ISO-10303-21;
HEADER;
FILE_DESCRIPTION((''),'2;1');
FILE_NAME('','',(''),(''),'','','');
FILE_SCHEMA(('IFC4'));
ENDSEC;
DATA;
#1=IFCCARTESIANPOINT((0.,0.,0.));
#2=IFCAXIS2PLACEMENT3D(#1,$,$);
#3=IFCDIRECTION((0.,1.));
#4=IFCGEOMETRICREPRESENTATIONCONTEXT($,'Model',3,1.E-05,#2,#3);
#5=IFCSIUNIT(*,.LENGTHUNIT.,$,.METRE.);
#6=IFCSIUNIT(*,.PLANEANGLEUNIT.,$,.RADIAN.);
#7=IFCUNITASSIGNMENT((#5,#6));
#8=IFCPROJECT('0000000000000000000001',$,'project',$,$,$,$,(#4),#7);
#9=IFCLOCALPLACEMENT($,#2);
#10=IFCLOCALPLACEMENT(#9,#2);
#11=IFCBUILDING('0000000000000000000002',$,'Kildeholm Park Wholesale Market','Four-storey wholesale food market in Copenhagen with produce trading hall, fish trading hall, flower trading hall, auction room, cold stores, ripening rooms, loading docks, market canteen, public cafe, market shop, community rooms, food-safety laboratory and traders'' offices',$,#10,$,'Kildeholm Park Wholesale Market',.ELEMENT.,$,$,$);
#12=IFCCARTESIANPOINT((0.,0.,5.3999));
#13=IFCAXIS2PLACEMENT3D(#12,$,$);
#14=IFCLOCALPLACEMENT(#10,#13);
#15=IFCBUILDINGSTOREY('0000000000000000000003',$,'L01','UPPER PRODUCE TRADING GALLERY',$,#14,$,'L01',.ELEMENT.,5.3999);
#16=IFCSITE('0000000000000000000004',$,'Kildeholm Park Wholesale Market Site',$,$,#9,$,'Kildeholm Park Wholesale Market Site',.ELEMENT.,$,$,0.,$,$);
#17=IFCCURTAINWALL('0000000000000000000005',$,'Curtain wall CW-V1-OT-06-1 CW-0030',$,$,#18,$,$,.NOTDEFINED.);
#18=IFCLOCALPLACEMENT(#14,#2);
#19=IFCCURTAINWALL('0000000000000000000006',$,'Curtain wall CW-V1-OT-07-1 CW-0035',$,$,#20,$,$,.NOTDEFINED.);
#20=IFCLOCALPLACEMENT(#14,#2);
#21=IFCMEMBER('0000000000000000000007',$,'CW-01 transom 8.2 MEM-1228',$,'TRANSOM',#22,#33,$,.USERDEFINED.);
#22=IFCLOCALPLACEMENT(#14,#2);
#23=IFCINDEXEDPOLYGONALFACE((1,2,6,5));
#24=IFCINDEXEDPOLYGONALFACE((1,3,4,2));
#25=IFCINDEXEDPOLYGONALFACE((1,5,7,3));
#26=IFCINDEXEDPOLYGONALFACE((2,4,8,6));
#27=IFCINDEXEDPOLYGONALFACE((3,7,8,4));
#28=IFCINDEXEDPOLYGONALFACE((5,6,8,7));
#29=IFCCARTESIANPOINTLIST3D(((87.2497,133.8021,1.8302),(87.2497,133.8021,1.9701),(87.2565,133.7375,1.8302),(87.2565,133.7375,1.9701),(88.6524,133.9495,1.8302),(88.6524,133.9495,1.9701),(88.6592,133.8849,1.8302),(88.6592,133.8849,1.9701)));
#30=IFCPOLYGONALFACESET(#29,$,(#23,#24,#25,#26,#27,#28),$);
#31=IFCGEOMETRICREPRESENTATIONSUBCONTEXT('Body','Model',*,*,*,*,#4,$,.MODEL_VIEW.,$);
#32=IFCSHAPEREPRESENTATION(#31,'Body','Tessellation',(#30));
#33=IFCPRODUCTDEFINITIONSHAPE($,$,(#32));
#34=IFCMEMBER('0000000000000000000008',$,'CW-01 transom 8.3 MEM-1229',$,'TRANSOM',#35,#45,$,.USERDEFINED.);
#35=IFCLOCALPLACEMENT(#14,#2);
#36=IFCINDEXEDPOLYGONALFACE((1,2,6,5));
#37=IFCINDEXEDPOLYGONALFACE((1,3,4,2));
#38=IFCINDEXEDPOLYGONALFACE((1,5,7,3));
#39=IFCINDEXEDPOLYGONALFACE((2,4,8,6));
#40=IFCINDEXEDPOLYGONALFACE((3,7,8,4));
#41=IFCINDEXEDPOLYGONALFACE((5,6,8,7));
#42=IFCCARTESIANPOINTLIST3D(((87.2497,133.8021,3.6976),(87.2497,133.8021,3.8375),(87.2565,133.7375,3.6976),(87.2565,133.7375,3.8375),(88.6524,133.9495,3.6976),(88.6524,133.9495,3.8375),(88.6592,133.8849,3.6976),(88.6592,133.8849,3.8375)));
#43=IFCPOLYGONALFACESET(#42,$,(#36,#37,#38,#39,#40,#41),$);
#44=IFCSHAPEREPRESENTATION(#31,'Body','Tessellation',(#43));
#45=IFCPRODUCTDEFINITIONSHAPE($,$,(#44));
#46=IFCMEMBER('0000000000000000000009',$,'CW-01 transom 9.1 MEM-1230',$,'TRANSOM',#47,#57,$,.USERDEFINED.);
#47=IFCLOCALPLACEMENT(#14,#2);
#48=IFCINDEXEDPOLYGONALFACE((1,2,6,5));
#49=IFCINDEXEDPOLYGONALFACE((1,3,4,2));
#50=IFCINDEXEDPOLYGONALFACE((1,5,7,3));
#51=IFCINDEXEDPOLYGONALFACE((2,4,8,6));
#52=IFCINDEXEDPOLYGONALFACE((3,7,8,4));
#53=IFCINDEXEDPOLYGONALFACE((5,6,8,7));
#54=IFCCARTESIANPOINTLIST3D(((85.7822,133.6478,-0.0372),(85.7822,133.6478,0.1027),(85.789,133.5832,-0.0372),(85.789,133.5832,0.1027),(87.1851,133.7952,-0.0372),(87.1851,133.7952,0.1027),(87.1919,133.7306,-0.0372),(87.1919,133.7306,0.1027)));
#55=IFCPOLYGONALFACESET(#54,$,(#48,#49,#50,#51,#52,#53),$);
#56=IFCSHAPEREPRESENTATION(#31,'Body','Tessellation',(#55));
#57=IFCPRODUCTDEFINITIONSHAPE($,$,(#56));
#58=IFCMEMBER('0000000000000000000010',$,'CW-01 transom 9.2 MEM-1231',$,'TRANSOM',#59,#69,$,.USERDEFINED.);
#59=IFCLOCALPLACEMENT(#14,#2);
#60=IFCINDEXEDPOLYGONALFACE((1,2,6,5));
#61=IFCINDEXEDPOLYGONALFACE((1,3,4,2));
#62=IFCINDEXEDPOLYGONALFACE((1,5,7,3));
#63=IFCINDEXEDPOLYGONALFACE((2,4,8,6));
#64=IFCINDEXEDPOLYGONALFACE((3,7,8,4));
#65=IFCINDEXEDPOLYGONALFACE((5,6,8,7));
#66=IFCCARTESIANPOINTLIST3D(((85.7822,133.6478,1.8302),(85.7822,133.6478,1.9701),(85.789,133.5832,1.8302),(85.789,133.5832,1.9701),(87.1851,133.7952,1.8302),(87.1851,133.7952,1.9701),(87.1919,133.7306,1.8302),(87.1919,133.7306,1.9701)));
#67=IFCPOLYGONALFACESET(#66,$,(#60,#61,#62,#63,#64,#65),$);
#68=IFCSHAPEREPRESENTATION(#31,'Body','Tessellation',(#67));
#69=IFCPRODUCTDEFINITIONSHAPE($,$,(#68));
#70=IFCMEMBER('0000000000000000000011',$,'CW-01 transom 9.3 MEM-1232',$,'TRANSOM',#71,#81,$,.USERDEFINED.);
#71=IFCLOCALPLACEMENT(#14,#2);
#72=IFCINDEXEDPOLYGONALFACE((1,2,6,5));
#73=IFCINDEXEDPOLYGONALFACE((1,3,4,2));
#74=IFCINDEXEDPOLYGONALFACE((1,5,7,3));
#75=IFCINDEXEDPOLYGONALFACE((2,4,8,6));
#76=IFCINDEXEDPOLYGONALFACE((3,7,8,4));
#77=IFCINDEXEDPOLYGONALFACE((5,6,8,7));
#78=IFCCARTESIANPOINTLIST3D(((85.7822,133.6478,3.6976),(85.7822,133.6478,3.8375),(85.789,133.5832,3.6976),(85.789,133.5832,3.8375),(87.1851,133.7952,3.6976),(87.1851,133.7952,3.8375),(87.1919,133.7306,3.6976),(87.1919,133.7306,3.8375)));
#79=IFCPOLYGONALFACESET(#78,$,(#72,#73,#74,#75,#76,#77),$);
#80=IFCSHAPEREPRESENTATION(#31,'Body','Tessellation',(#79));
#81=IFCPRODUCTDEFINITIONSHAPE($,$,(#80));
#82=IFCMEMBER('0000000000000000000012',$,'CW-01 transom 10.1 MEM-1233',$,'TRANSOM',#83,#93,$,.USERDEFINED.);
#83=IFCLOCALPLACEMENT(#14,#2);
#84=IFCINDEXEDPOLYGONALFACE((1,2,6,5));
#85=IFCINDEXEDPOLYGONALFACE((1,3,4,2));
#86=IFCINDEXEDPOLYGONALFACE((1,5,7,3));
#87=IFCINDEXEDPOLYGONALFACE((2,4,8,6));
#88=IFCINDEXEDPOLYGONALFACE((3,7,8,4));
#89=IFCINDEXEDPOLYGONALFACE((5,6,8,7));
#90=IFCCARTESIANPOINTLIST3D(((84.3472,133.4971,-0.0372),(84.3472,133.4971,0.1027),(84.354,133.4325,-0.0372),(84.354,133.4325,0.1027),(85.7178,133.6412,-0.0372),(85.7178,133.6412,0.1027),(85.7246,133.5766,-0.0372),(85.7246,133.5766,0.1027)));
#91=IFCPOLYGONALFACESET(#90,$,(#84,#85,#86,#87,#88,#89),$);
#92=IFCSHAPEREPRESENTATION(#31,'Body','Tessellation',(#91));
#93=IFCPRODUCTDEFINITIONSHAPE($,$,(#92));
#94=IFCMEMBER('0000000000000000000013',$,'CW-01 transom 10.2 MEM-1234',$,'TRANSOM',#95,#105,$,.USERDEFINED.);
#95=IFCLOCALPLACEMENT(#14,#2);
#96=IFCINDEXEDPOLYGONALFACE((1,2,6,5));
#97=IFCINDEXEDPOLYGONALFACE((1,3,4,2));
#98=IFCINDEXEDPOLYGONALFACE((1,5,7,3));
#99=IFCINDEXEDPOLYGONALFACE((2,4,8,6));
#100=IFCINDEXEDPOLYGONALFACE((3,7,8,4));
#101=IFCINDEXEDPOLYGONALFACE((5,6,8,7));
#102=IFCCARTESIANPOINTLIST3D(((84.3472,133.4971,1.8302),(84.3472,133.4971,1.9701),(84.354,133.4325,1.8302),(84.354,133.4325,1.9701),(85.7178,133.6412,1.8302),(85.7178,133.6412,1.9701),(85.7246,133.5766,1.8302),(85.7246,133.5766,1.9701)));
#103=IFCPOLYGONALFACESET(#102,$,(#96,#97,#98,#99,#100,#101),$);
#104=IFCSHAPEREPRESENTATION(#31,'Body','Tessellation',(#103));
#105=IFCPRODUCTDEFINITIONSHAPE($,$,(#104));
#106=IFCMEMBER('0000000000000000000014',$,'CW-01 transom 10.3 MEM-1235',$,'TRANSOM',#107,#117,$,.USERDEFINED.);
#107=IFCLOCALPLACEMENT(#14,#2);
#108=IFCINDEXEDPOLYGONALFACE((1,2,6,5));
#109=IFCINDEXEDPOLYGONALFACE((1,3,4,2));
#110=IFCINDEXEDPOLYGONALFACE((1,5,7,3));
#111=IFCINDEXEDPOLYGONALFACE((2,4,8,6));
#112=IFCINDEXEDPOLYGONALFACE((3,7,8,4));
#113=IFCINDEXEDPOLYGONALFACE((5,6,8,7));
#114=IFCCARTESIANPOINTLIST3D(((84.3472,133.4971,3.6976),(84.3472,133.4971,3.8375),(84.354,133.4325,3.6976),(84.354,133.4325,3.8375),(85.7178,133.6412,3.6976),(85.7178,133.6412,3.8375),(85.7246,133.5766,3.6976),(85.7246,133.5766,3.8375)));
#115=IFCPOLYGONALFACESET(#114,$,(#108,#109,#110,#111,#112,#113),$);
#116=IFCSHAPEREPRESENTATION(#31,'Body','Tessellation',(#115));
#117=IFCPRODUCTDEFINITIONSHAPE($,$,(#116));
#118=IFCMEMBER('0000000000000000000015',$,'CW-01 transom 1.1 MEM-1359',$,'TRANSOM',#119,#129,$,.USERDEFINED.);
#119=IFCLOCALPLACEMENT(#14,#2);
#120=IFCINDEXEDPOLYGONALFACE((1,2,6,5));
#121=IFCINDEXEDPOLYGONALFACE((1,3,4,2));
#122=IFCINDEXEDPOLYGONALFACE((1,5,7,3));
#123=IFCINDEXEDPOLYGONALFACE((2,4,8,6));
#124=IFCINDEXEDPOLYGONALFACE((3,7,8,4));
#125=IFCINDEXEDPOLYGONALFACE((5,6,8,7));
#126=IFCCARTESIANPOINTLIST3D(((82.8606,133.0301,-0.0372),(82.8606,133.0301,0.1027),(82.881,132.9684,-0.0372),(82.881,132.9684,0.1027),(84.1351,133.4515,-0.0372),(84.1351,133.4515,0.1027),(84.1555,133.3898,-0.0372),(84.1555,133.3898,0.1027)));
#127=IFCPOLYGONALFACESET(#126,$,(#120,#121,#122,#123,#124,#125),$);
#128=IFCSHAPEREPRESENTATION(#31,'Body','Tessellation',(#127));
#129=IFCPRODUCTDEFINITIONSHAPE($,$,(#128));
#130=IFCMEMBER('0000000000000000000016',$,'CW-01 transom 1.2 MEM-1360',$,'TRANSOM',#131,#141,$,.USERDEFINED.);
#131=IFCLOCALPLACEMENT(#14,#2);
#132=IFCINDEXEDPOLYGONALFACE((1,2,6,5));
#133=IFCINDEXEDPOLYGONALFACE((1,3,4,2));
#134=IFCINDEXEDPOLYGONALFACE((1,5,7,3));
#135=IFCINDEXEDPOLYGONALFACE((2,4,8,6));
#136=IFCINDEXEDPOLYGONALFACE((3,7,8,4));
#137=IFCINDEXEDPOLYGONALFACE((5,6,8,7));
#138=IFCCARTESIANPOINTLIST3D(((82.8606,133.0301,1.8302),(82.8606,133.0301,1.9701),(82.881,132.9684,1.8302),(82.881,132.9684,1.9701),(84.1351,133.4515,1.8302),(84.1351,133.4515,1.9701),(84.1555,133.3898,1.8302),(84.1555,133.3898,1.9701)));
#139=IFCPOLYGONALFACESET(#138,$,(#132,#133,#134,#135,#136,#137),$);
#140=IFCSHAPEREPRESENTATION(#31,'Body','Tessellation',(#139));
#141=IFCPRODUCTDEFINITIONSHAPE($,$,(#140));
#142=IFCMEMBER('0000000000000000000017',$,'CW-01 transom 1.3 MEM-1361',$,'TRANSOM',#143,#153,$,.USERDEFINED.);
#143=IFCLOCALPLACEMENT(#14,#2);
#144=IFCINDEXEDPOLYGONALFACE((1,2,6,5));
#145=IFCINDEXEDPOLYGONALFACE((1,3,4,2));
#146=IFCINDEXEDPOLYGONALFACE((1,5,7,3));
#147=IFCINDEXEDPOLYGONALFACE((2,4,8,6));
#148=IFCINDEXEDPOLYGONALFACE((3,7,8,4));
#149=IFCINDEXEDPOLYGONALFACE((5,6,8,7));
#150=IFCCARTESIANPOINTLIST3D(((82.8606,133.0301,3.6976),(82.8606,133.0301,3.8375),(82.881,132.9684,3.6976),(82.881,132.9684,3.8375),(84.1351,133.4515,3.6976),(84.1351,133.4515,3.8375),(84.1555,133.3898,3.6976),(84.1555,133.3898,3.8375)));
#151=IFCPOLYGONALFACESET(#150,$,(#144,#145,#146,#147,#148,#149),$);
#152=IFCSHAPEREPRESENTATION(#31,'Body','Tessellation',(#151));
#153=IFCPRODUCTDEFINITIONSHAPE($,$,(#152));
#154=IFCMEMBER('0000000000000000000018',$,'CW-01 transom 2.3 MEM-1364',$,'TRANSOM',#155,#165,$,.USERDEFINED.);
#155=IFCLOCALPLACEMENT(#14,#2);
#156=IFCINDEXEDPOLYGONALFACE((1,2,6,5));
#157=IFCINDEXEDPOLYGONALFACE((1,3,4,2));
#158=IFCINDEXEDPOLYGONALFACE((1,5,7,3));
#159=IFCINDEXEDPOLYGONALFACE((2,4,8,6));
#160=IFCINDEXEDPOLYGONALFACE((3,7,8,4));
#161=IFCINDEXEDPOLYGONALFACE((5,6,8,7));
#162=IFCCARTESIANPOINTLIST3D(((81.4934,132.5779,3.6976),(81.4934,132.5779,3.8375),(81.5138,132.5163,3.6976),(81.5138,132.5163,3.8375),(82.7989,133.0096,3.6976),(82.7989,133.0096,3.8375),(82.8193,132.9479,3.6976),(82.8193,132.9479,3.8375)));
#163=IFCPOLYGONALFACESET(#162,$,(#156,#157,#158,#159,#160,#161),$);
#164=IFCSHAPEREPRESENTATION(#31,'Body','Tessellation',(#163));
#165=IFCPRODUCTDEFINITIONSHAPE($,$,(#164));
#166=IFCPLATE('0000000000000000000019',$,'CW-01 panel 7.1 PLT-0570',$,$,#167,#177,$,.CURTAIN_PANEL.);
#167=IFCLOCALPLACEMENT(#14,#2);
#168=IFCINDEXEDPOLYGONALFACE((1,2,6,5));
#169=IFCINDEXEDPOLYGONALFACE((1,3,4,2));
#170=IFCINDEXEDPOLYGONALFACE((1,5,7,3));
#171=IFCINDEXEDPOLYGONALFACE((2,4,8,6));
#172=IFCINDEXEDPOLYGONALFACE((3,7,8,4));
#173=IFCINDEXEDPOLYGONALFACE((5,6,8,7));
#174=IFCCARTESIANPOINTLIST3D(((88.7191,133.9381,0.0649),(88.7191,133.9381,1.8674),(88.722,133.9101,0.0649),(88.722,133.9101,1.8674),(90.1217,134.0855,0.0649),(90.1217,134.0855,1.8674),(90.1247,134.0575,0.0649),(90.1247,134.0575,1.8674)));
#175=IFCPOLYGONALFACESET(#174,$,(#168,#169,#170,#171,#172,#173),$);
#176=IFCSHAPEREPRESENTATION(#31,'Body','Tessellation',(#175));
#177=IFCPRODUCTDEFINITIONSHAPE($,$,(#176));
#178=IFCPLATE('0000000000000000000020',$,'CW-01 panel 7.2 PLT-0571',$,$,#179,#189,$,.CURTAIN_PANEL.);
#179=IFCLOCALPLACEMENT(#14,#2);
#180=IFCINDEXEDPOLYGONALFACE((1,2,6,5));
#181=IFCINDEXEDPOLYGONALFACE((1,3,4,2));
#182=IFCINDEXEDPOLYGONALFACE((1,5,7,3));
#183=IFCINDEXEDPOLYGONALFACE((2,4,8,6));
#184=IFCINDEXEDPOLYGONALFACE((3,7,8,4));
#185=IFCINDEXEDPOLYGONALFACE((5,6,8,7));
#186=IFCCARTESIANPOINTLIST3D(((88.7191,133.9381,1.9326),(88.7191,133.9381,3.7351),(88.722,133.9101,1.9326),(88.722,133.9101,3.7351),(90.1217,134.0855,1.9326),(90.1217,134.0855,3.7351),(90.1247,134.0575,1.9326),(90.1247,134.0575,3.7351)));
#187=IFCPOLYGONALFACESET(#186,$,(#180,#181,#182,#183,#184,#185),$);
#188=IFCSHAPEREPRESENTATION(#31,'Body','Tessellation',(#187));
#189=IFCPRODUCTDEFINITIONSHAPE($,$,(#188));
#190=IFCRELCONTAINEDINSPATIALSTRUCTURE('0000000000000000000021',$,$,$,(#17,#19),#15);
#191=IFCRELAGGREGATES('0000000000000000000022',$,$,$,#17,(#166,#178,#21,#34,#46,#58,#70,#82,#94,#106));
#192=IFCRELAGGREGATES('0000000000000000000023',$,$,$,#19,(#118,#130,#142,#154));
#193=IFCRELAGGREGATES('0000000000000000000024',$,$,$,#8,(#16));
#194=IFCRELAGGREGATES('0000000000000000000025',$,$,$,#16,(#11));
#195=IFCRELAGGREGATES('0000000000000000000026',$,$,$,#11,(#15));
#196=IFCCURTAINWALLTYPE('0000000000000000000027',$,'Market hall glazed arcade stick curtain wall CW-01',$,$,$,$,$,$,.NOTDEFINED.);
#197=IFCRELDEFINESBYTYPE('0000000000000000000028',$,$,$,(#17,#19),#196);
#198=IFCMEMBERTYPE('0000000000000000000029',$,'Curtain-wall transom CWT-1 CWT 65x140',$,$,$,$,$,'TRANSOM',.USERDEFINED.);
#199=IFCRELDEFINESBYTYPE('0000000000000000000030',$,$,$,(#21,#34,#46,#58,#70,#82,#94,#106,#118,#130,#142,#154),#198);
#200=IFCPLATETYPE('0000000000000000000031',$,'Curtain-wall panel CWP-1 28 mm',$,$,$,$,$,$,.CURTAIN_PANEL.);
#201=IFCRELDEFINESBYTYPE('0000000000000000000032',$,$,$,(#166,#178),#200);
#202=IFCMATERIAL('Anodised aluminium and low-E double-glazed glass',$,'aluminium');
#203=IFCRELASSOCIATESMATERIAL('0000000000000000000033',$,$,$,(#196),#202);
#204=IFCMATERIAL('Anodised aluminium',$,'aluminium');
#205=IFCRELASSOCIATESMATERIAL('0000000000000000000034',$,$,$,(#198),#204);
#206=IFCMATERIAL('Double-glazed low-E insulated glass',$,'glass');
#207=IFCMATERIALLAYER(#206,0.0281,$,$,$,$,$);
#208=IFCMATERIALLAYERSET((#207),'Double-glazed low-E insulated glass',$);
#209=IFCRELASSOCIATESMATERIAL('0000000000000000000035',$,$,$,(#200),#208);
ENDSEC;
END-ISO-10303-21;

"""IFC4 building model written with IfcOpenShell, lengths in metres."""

from ifc_helpers import new_model, si_unit, direction, frame, origin, origin_2d, place, context, subcontext, project, spatial, rectangle, extrude, material, layer, layer_set, material_profile, profile_set, type_object, element, aggregate, save


model = new_model("IFC4")

# Units and contexts
model_context = context("Model", 3, precision=1e-05, world=origin(), true_north=direction((0.0, 1.0)))
body_context = subcontext(model_context, "Body", "Model", "MODEL_VIEW")
ifc_project = project(units=[si_unit("LENGTHUNIT", "METRE"), si_unit("PLANEANGLEUNIT", "RADIAN")], contexts=[model_context])

# Site, building, storey
site_placement = place(None, origin())
site = spatial("IfcSite", under=ifc_project, at=site_placement, Name="Kildeholm Park Wholesale Market Site", LongName="Kildeholm Park Wholesale Market Site", CompositionType="ELEMENT", RefElevation=0.0)
building_placement = place(site_placement, origin())
building = spatial("IfcBuilding", under=site, at=building_placement, Name="Kildeholm Park Wholesale Market", Description="Four-storey wholesale food market in Copenhagen with produce trading hall, fish trading hall, flower trading hall, auction room, cold stores, ripening rooms, loading docks, market canteen, public cafe, market shop, community rooms, food-safety laboratory and traders' offices", LongName="Kildeholm Park Wholesale Market", CompositionType="ELEMENT")
storey_placement = place(building_placement, frame((0.0, 0.0, 5.3999)))
storey = spatial("IfcBuildingStorey", under=building, at=storey_placement, Name="L01", Description="UPPER PRODUCE TRADING GALLERY", LongName="L01", CompositionType="ELEMENT", Elevation=5.3999)

# Curtain walls
ifc_material_1 = material(Name="Anodised aluminium and low-E double-glazed glass", Category="aluminium")
curtain_wall_type = type_object("IfcCurtainWallType", Name="Market hall glazed arcade stick curtain wall CW-01", PredefinedType="NOTDEFINED", material=ifc_material_1)
curtain_wall_1_placement = place(storey_placement, origin())
curtain_wall_1 = element("IfcCurtainWall", 1, at=curtain_wall_1_placement, inside=storey, type_object=curtain_wall_type, Name="Curtain wall CW-V1-OT-06-1 CW-0030", PredefinedType="NOTDEFINED")
ifc_material_2 = material(Name="Anodised aluminium", Category="aluminium")
curtain_wall_2_placement = place(storey_placement, origin())
curtain_wall_2 = element("IfcCurtainWall", 2, at=curtain_wall_2_placement, inside=storey, type_object=curtain_wall_type, Name="Curtain wall CW-V1-OT-07-1 CW-0035", PredefinedType="NOTDEFINED")

# Members
ifc_material_profile_1 = material_profile(ifc_material_2, rectangle(XDim=0.0649, YDim=0.1399, at=origin_2d()), Name="CWT 65x140")
ifc_profile_set_1 = profile_set([ifc_material_profile_1], Name="Anodised aluminium")
member_type_1 = type_object("IfcMemberType", Name="Curtain-wall transom CWT-1 CWT 65x140", ElementType="TRANSOM", PredefinedType="USERDEFINED", material=ifc_profile_set_1)
member_1_placement = place(storey_placement, frame((88.6558, 133.9172, 1.9001), z_axis=(-0.994519, -0.104559, 0.0), x_axis=(0.104559, -0.994519, 0.0)))
member_1 = element("IfcMember", 3, at=member_1_placement, type_object=member_type_1, Name="CW-01 transom 8.2 MEM-1228", ObjectType="TRANSOM", PredefinedType="USERDEFINED", context=body_context, shape_type="SweptSolid", body=[
    extrude(rectangle(XDim=0.0649, YDim=0.1399, at=origin_2d()), origin(), (0.0, 0.0, 1.0), 1.4104),
])
member_2_placement = place(storey_placement, frame((88.6558, 133.9172, 3.7676), z_axis=(-0.994519, -0.104559, 0.0), x_axis=(0.104559, -0.994519, 0.0)))
member_2 = element("IfcMember", 4, at=member_2_placement, type_object=member_type_1, Name="CW-01 transom 8.3 MEM-1229", ObjectType="TRANSOM", PredefinedType="USERDEFINED", context=body_context, shape_type="SweptSolid", body=[
    extrude(rectangle(XDim=0.0649, YDim=0.1399, at=origin_2d()), origin(), (0.0, 0.0, 1.0), 1.4104),
])
member_3_placement = place(storey_placement, frame((87.1885, 133.7629, 0.0327), z_axis=(-0.994521, -0.104541, 0.0), x_axis=(0.104541, -0.994521, 0.0)))
member_3 = element("IfcMember", 5, at=member_3_placement, type_object=member_type_1, Name="CW-01 transom 9.1 MEM-1230", ObjectType="TRANSOM", PredefinedType="USERDEFINED", context=body_context, shape_type="SweptSolid", body=[
    extrude(rectangle(XDim=0.0649, YDim=0.1399, at=origin_2d()), origin(), (0.0, 0.0, 1.0), 1.4106),
])
member_4_placement = place(storey_placement, frame((87.1885, 133.7629, 1.9001), z_axis=(-0.994521, -0.104541, 0.0), x_axis=(0.104541, -0.994521, 0.0)))
member_4 = element("IfcMember", 6, at=member_4_placement, type_object=member_type_1, Name="CW-01 transom 9.2 MEM-1231", ObjectType="TRANSOM", PredefinedType="USERDEFINED", context=body_context, shape_type="SweptSolid", body=[
    extrude(rectangle(XDim=0.0649, YDim=0.1399, at=origin_2d()), origin(), (0.0, 0.0, 1.0), 1.4106),
])
member_5_placement = place(storey_placement, frame((87.1885, 133.7629, 3.7676), z_axis=(-0.994521, -0.104541, 0.0), x_axis=(0.104541, -0.994521, 0.0)))
member_5 = element("IfcMember", 7, at=member_5_placement, type_object=member_type_1, Name="CW-01 transom 9.3 MEM-1232", ObjectType="TRANSOM", PredefinedType="USERDEFINED", context=body_context, shape_type="SweptSolid", body=[
    extrude(rectangle(XDim=0.0649, YDim=0.1399, at=origin_2d()), origin(), (0.0, 0.0, 1.0), 1.4106),
])
member_6_placement = place(storey_placement, frame((85.7212, 133.6089, 0.0327), z_axis=(-0.994523, -0.104519, 0.0), x_axis=(0.104519, -0.994523, 0.0)))
member_6 = element("IfcMember", 8, at=member_6_placement, type_object=member_type_1, Name="CW-01 transom 10.1 MEM-1233", ObjectType="TRANSOM", PredefinedType="USERDEFINED", context=body_context, shape_type="SweptSolid", body=[
    extrude(rectangle(XDim=0.0649, YDim=0.1399, at=origin_2d()), origin(), (0.0, 0.0, 1.0), 1.3782),
])
member_7_placement = place(storey_placement, frame((85.7212, 133.6089, 1.9001), z_axis=(-0.994523, -0.104519, 0.0), x_axis=(0.104519, -0.994523, 0.0)))
member_7 = element("IfcMember", 9, at=member_7_placement, type_object=member_type_1, Name="CW-01 transom 10.2 MEM-1234", ObjectType="TRANSOM", PredefinedType="USERDEFINED", context=body_context, shape_type="SweptSolid", body=[
    extrude(rectangle(XDim=0.0649, YDim=0.1399, at=origin_2d()), origin(), (0.0, 0.0, 1.0), 1.3782),
])
member_8_placement = place(storey_placement, frame((85.7212, 133.6089, 3.7676), z_axis=(-0.994523, -0.104519, 0.0), x_axis=(0.104519, -0.994523, 0.0)))
member_8 = element("IfcMember", 10, at=member_8_placement, type_object=member_type_1, Name="CW-01 transom 10.3 MEM-1235", ObjectType="TRANSOM", PredefinedType="USERDEFINED", context=body_context, shape_type="SweptSolid", body=[
    extrude(rectangle(XDim=0.0649, YDim=0.1399, at=origin_2d()), origin(), (0.0, 0.0, 1.0), 1.3782),
])
member_9_placement = place(storey_placement, frame((84.1453, 133.4207, 0.0327), z_axis=(-0.949444, -0.313935, 0.0), x_axis=(0.313935, -0.949444, 0.0)))
member_9 = element("IfcMember", 11, at=member_9_placement, type_object=member_type_1, Name="CW-01 transom 1.1 MEM-1359", ObjectType="TRANSOM", PredefinedType="USERDEFINED", context=body_context, shape_type="SweptSolid", body=[
    extrude(rectangle(XDim=0.0649, YDim=0.1399, at=origin_2d()), origin(), (0.0, 0.0, 1.0), 1.3423),
])
member_10_placement = place(storey_placement, frame((84.1453, 133.4207, 1.9001), z_axis=(-0.949444, -0.313935, 0.0), x_axis=(0.313935, -0.949444, 0.0)))
member_10 = element("IfcMember", 12, at=member_10_placement, type_object=member_type_1, Name="CW-01 transom 1.2 MEM-1360", ObjectType="TRANSOM", PredefinedType="USERDEFINED", context=body_context, shape_type="SweptSolid", body=[
    extrude(rectangle(XDim=0.0649, YDim=0.1399, at=origin_2d()), origin(), (0.0, 0.0, 1.0), 1.3423),
])
member_11_placement = place(storey_placement, frame((84.1453, 133.4207, 3.7676), z_axis=(-0.949444, -0.313935, 0.0), x_axis=(0.313935, -0.949444, 0.0)))
member_11 = element("IfcMember", 13, at=member_11_placement, type_object=member_type_1, Name="CW-01 transom 1.3 MEM-1361", ObjectType="TRANSOM", PredefinedType="USERDEFINED", context=body_context, shape_type="SweptSolid", body=[
    extrude(rectangle(XDim=0.0649, YDim=0.1399, at=origin_2d()), origin(), (0.0, 0.0, 1.0), 1.3423),
])
member_12_placement = place(storey_placement, frame((82.8091, 132.9788, 3.7676), z_axis=(-0.949444, -0.313936, 0.0), x_axis=(0.313936, -0.949444, 0.0)))
member_12 = element("IfcMember", 14, at=member_12_placement, type_object=member_type_1, Name="CW-01 transom 2.3 MEM-1364", ObjectType="TRANSOM", PredefinedType="USERDEFINED", context=body_context, shape_type="SweptSolid", body=[
    extrude(rectangle(XDim=0.0649, YDim=0.1399, at=origin_2d()), origin(), (0.0, 0.0, 1.0), 1.375),
])

# Plates
ifc_material_3 = material(Name="Double-glazed low-E insulated glass", Category="glass")
ifc_layer = layer(ifc_material_3, 0.0281)
ifc_layer_set = layer_set([ifc_layer], Name="Double-glazed low-E insulated glass")
plate_type = type_object("IfcPlateType", Name="Curtain-wall panel CWP-1 28 mm", PredefinedType="CURTAIN_PANEL", material=ifc_layer_set)
plate_1_placement = place(storey_placement, frame((89.4219, 133.9978, 0.0649), z_axis=(0.0, 0.0, 1.0), x_axis=(-0.994524, -0.104508, 0.0)))
plate_1 = element("IfcPlate", 15, at=plate_1_placement, type_object=plate_type, Name="CW-01 panel 7.1 PLT-0570", PredefinedType="CURTAIN_PANEL", context=body_context, shape_type="SweptSolid", body=[
    extrude(rectangle(XDim=1.4104, YDim=0.0281, at=origin_2d()), origin(), (0.0, 0.0, 1.0), 1.8025),
])
plate_2_placement = place(storey_placement, frame((89.4219, 133.9978, 1.9326), z_axis=(0.0, 0.0, 1.0), x_axis=(-0.994524, -0.104508, 0.0)))
plate_2 = element("IfcPlate", 16, at=plate_2_placement, type_object=plate_type, Name="CW-01 panel 7.2 PLT-0571", PredefinedType="CURTAIN_PANEL", context=body_context, shape_type="SweptSolid", body=[
    extrude(rectangle(XDim=1.4104, YDim=0.0281, at=origin_2d()), origin(), (0.0, 0.0, 1.0), 1.8025),
])
aggregate(curtain_wall_1, [plate_1, plate_2, member_1, member_2, member_3, member_4, member_5, member_6, member_7, member_8])
aggregate(curtain_wall_2, [member_9, member_10, member_11, member_12])

save(model, "model.ifc")
